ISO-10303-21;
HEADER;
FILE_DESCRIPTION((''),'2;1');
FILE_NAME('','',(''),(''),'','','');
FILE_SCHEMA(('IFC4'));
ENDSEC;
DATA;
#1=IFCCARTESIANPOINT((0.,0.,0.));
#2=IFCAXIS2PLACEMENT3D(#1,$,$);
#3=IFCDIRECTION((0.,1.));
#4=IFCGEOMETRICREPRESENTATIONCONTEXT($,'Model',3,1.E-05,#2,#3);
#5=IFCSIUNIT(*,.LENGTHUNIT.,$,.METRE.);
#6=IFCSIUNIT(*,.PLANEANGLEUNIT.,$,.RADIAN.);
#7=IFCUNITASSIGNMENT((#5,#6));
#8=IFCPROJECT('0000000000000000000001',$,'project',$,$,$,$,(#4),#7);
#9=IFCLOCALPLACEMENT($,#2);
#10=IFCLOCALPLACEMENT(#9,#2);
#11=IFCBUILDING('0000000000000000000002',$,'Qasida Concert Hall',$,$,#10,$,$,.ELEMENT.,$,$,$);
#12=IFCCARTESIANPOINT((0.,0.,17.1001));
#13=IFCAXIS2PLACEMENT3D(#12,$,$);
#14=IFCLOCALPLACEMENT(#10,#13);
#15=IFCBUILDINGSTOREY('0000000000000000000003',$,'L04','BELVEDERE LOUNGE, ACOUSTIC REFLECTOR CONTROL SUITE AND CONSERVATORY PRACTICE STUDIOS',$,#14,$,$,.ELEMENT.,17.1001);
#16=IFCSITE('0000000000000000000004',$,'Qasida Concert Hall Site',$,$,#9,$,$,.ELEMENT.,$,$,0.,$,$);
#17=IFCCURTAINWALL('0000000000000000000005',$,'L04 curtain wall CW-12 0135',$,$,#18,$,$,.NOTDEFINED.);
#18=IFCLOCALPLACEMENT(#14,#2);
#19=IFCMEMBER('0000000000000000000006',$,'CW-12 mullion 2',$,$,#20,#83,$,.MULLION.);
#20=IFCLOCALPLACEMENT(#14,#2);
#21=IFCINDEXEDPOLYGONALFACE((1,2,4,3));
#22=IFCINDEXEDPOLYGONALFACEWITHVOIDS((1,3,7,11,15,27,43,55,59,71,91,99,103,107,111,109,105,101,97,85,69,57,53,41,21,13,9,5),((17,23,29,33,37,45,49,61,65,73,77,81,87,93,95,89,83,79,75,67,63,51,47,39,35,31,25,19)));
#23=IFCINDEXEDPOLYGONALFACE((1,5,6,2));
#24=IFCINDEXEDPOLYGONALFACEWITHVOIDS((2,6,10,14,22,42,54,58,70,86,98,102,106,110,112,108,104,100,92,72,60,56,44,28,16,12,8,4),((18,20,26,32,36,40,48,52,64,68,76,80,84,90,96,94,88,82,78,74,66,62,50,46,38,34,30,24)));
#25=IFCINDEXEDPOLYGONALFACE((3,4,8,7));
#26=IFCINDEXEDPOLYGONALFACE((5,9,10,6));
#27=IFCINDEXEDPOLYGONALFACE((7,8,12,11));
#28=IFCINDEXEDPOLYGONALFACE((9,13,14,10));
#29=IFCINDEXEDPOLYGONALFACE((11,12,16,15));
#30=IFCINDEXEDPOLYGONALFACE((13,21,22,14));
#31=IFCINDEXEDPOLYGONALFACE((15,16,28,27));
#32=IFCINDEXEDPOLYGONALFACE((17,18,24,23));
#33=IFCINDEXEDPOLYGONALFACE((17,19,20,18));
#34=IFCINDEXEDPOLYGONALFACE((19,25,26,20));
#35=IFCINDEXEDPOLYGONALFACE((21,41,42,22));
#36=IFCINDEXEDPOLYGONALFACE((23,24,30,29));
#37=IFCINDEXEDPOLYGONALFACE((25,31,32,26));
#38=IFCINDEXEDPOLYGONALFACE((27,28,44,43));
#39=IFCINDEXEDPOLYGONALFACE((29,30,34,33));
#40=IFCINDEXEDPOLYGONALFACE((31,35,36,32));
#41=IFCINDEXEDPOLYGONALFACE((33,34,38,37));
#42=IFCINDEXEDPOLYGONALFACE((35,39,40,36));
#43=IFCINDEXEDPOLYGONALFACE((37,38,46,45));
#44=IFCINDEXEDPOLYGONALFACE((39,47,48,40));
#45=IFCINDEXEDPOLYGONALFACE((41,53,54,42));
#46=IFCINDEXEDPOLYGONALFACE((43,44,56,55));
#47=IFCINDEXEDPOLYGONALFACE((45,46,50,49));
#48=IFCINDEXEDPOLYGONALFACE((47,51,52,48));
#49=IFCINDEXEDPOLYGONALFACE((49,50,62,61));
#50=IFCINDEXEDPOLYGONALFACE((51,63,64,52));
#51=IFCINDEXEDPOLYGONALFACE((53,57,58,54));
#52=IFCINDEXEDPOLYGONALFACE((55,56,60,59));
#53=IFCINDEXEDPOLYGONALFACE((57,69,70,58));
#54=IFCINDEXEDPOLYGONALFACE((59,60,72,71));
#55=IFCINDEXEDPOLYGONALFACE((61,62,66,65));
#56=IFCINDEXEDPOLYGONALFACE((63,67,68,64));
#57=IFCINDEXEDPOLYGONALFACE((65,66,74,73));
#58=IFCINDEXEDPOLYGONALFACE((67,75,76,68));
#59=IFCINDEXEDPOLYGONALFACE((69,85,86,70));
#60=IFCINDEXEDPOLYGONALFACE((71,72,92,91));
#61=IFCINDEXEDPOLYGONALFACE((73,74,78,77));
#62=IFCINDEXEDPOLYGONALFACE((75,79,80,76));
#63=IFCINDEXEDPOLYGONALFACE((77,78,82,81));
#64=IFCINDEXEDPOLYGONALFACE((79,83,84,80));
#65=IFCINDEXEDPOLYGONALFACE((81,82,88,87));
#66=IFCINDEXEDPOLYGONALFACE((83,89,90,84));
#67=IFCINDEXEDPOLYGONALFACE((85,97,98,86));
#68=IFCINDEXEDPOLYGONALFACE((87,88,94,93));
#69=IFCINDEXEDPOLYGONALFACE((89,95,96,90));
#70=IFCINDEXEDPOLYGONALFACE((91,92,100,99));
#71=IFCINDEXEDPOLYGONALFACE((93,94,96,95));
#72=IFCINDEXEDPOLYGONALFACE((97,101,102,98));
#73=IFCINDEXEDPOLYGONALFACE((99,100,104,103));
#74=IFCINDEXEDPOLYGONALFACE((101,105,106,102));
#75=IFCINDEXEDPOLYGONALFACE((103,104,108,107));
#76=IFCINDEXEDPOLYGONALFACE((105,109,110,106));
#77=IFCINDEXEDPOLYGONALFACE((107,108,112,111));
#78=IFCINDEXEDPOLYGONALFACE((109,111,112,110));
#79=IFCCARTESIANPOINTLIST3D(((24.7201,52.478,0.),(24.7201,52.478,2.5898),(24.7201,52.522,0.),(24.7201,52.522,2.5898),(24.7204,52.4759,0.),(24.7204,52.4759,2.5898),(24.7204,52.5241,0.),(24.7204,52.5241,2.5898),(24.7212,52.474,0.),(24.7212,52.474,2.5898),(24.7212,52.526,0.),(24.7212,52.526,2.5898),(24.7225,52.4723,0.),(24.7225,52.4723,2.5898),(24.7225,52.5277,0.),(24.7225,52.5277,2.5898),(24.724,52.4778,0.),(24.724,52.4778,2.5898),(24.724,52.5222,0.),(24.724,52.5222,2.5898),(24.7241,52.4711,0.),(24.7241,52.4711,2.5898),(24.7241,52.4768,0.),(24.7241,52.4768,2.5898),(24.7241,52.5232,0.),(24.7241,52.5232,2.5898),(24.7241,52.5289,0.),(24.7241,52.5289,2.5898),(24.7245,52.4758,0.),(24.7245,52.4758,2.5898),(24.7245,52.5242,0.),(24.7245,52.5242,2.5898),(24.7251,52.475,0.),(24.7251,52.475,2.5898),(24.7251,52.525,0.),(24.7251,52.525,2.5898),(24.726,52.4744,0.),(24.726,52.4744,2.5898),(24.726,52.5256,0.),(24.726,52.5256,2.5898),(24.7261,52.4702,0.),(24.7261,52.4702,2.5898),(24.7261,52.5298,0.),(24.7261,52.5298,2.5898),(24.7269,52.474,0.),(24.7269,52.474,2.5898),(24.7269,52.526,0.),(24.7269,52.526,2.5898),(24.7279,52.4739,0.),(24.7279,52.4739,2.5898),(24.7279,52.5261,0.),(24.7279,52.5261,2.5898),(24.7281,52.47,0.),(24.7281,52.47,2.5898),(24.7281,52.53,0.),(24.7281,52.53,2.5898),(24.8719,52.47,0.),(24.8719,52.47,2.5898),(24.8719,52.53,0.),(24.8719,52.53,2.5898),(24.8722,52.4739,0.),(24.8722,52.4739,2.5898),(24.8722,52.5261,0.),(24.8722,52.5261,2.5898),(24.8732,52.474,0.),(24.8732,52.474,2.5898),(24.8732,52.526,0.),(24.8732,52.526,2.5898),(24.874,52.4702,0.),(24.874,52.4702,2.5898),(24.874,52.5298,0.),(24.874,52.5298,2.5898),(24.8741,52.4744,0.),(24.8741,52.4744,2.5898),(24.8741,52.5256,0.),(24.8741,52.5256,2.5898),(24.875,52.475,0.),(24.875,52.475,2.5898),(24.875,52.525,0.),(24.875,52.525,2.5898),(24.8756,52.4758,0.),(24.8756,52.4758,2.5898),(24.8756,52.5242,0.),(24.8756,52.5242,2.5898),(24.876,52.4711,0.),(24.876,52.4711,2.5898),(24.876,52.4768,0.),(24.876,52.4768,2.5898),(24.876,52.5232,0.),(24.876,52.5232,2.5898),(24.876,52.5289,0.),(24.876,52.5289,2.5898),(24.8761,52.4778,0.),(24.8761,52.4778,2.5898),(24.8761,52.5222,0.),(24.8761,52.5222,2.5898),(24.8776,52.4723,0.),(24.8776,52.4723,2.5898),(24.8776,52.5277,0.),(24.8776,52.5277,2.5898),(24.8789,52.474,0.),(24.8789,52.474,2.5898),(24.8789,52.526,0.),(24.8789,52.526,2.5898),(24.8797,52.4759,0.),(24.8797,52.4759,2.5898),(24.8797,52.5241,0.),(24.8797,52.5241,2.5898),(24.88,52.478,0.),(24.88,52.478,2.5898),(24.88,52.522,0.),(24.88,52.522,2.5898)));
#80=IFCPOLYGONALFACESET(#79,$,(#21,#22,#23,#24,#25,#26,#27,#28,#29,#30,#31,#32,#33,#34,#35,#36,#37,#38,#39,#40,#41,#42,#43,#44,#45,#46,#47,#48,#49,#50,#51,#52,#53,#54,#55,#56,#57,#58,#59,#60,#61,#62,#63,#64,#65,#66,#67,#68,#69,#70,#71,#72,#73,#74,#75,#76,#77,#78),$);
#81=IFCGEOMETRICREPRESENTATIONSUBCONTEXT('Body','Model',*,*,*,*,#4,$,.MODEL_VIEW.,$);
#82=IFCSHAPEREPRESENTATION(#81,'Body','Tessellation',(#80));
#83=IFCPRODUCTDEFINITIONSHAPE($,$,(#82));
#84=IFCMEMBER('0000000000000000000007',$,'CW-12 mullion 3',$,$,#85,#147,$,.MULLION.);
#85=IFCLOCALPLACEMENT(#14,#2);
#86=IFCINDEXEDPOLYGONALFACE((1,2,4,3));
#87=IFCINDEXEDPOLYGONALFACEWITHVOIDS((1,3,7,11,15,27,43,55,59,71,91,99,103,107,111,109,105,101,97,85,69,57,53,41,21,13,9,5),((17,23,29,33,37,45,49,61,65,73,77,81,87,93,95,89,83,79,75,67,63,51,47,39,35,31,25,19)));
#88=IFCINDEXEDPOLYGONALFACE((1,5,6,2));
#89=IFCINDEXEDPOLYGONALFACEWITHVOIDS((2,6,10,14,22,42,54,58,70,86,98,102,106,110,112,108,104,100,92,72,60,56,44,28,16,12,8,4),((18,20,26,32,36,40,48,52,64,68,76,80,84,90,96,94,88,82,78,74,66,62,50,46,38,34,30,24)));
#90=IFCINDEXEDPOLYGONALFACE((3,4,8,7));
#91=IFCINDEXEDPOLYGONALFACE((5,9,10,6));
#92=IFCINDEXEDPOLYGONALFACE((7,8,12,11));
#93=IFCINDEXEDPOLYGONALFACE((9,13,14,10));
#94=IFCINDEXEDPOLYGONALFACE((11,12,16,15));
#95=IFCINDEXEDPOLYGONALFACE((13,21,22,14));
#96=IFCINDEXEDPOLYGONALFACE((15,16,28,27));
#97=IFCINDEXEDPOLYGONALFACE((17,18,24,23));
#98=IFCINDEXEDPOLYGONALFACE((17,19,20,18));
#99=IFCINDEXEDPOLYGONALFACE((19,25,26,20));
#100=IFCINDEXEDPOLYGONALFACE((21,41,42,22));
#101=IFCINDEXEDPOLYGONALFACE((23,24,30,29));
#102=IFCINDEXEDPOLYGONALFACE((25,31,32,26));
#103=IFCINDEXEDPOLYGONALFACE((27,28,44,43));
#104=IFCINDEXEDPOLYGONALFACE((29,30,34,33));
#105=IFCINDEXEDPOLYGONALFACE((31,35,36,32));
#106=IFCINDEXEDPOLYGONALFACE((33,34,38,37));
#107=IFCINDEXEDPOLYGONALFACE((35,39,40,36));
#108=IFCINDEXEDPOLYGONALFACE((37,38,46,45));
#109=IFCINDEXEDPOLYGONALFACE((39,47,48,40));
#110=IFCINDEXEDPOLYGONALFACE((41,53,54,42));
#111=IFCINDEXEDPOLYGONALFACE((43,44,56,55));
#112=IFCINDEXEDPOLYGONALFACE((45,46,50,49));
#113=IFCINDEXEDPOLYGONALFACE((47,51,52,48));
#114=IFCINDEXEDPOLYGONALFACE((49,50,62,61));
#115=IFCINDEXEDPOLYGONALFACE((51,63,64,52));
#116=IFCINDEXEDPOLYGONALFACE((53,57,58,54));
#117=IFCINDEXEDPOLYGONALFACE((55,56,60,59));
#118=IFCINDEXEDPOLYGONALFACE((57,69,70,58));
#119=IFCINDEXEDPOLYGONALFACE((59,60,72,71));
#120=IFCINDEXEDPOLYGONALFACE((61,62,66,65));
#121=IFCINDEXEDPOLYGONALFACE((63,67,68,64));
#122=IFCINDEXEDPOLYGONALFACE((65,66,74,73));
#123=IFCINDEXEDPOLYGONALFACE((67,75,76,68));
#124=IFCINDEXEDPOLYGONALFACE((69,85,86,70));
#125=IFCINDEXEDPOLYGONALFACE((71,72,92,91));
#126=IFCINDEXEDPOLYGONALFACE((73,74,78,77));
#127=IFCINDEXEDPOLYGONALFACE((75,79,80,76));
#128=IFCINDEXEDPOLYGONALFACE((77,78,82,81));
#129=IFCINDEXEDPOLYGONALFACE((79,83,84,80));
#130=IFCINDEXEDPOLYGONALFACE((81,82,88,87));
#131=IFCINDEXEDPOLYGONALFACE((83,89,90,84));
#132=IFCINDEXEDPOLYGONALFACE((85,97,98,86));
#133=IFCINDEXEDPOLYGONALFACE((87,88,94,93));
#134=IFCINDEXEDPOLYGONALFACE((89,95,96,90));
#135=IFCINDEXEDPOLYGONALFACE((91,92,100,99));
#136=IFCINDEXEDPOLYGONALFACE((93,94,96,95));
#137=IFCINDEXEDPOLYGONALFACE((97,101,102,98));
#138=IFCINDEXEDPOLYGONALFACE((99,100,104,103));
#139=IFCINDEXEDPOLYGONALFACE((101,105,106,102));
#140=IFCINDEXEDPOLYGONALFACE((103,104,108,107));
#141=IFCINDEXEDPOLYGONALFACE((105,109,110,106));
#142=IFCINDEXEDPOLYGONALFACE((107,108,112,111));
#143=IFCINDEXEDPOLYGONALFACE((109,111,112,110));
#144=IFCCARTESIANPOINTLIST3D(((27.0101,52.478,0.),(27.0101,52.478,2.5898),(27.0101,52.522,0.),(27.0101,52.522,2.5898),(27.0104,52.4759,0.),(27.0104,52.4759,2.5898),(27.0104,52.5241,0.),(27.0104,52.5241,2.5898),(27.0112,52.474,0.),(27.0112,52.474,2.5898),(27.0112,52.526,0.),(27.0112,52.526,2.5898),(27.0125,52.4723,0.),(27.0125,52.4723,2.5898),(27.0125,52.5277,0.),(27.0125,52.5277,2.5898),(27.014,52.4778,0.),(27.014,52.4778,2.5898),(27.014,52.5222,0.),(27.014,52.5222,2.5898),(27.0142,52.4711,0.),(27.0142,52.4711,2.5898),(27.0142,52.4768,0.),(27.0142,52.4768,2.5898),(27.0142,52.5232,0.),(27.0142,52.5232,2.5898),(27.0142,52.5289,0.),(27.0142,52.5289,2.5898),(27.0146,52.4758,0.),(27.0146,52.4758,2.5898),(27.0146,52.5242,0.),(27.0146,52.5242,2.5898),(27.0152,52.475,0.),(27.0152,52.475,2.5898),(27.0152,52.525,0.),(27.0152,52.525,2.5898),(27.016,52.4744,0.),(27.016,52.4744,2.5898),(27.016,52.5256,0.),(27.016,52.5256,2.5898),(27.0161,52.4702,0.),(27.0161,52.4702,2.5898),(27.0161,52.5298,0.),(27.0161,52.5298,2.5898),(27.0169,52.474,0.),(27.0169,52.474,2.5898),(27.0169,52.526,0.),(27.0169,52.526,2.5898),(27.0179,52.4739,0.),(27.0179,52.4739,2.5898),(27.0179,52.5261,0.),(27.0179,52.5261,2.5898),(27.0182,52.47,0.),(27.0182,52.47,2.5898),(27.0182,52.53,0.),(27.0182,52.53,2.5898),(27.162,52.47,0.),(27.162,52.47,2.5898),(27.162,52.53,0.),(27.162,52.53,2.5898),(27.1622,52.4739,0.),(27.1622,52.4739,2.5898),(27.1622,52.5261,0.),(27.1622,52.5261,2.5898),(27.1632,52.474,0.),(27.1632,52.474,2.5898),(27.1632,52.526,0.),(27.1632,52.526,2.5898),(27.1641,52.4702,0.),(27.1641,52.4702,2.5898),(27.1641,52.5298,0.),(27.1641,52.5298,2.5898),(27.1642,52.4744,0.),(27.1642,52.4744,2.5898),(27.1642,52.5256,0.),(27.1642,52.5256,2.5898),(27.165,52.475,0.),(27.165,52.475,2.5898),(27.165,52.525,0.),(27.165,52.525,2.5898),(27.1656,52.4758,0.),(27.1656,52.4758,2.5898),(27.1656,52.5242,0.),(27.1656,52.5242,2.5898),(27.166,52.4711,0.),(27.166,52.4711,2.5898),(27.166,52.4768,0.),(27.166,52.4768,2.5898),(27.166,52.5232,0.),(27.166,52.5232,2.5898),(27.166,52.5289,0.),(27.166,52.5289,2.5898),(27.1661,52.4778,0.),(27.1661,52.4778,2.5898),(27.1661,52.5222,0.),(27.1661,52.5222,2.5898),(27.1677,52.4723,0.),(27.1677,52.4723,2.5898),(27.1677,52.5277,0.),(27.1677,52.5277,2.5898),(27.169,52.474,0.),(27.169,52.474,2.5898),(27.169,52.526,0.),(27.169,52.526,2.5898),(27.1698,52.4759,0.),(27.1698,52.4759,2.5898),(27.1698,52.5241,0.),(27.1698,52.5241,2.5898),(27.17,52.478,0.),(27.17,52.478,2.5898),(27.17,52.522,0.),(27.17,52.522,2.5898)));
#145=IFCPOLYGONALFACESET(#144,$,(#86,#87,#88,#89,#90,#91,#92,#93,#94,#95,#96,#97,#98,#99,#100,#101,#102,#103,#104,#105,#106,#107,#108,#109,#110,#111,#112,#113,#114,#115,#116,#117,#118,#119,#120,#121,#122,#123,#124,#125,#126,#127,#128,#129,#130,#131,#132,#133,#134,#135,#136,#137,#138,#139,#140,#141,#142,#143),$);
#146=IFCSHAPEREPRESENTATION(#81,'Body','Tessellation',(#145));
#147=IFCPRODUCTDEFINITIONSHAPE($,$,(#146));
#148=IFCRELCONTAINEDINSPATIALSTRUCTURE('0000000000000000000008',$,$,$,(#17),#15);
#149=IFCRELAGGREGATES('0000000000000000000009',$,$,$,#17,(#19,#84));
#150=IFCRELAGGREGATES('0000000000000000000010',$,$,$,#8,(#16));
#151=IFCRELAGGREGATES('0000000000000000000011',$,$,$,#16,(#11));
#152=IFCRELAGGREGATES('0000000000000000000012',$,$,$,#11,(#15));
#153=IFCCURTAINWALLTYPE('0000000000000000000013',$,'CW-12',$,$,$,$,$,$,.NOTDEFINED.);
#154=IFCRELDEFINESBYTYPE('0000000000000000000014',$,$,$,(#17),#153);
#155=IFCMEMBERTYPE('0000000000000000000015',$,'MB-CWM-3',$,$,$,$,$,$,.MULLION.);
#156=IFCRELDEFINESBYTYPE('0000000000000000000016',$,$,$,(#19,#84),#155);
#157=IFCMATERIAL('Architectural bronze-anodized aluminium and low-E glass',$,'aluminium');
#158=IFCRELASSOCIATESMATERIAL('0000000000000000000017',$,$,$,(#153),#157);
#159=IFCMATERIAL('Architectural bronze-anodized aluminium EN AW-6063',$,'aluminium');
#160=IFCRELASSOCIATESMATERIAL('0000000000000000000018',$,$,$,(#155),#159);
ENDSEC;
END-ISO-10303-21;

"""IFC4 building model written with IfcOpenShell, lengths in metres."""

from ifc_helpers import new_model, si_unit, direction, frame, origin, origin_2d, place, context, subcontext, project, spatial, hollow_rectangle, extrude, material, material_profile, profile_set, type_object, element, aggregate, save


model = new_model("IFC4")

# Units and contexts
model_context = context("Model", 3, precision=1e-05, world=origin(), true_north=direction((0.0, 1.0)))
body_context = subcontext(model_context, "Body", "Model", "MODEL_VIEW")
ifc_project = project(units=[si_unit("LENGTHUNIT", "METRE"), si_unit("PLANEANGLEUNIT", "RADIAN")], contexts=[model_context])

# Site, building, storey
site_placement = place(None, origin())
site = spatial("IfcSite", under=ifc_project, at=site_placement, Name="Qasida Concert Hall Site", CompositionType="ELEMENT", RefElevation=0.0)
building_placement = place(site_placement, origin())
building = spatial("IfcBuilding", under=site, at=building_placement, Name="Qasida Concert Hall", CompositionType="ELEMENT")
storey_placement = place(building_placement, frame((0.0, 0.0, 17.1001)))
storey = spatial("IfcBuildingStorey", under=building, at=storey_placement, Name="L04", Description="BELVEDERE LOUNGE, ACOUSTIC REFLECTOR CONTROL SUITE AND CONSERVATORY PRACTICE STUDIOS", CompositionType="ELEMENT", Elevation=17.1001)

# Shared definitions
ifc_material_1 = material(Name="Architectural bronze-anodized aluminium and low-E glass", Category="aluminium")
curtain_wall_type = type_object("IfcCurtainWallType", Name="CW-12", PredefinedType="NOTDEFINED", material=ifc_material_1)
ifc_material_2 = material(Name="Architectural bronze-anodized aluminium EN AW-6063", Category="aluminium")
ifc_material_profile_1 = material_profile(ifc_material_2, hollow_rectangle(XDim=0.0601, YDim=0.1599, WallThickness=0.0039, InnerFilletRadius=0.0039, OuterFilletRadius=0.0081, at=origin_2d()), Name="CWM 160x60x4")
ifc_profile_set_1 = profile_set([ifc_material_profile_1], Name="Architectural bronze-anodized aluminium EN AW-6063")
member_type_1 = type_object("IfcMemberType", Name="MB-CWM-3", PredefinedType="MULLION", material=ifc_profile_set_1)

# Curtain wall, members
curtain_wall_1_placement = place(storey_placement, origin())
curtain_wall_1 = element("IfcCurtainWall", 1, at=curtain_wall_1_placement, inside=storey, type_object=curtain_wall_type, Name="L04 curtain wall CW-12 0135", PredefinedType="NOTDEFINED")
member_1_placement = place(storey_placement, frame((24.8, 52.5, 0.0), z_axis=(0.0, 0.0, 1.0), x_axis=(0.0, 1.0, 0.0)))
member_1 = element("IfcMember", 2, at=member_1_placement, type_object=member_type_1, Name="CW-12 mullion 2", PredefinedType="MULLION", context=body_context, shape_type="SweptSolid", body=[
    extrude(hollow_rectangle(XDim=0.0601, YDim=0.1599, WallThickness=0.0039, InnerFilletRadius=0.0039, OuterFilletRadius=0.0081, at=origin_2d()), origin(), (0.0, 0.0, 1.0), 2.5898),
])
member_2_placement = place(storey_placement, frame((27.0901, 52.5, 0.0), z_axis=(0.0, 0.0, 1.0), x_axis=(0.0, 1.0, 0.0)))
member_2 = element("IfcMember", 3, at=member_2_placement, type_object=member_type_1, Name="CW-12 mullion 3", PredefinedType="MULLION", context=body_context, shape_type="SweptSolid", body=[
    extrude(hollow_rectangle(XDim=0.0601, YDim=0.1599, WallThickness=0.0039, InnerFilletRadius=0.0039, OuterFilletRadius=0.0081, at=origin_2d()), origin(), (0.0, 0.0, 1.0), 2.5898),
])

aggregate(curtain_wall_1, [member_1, member_2])

save(model, "model.ifc")
